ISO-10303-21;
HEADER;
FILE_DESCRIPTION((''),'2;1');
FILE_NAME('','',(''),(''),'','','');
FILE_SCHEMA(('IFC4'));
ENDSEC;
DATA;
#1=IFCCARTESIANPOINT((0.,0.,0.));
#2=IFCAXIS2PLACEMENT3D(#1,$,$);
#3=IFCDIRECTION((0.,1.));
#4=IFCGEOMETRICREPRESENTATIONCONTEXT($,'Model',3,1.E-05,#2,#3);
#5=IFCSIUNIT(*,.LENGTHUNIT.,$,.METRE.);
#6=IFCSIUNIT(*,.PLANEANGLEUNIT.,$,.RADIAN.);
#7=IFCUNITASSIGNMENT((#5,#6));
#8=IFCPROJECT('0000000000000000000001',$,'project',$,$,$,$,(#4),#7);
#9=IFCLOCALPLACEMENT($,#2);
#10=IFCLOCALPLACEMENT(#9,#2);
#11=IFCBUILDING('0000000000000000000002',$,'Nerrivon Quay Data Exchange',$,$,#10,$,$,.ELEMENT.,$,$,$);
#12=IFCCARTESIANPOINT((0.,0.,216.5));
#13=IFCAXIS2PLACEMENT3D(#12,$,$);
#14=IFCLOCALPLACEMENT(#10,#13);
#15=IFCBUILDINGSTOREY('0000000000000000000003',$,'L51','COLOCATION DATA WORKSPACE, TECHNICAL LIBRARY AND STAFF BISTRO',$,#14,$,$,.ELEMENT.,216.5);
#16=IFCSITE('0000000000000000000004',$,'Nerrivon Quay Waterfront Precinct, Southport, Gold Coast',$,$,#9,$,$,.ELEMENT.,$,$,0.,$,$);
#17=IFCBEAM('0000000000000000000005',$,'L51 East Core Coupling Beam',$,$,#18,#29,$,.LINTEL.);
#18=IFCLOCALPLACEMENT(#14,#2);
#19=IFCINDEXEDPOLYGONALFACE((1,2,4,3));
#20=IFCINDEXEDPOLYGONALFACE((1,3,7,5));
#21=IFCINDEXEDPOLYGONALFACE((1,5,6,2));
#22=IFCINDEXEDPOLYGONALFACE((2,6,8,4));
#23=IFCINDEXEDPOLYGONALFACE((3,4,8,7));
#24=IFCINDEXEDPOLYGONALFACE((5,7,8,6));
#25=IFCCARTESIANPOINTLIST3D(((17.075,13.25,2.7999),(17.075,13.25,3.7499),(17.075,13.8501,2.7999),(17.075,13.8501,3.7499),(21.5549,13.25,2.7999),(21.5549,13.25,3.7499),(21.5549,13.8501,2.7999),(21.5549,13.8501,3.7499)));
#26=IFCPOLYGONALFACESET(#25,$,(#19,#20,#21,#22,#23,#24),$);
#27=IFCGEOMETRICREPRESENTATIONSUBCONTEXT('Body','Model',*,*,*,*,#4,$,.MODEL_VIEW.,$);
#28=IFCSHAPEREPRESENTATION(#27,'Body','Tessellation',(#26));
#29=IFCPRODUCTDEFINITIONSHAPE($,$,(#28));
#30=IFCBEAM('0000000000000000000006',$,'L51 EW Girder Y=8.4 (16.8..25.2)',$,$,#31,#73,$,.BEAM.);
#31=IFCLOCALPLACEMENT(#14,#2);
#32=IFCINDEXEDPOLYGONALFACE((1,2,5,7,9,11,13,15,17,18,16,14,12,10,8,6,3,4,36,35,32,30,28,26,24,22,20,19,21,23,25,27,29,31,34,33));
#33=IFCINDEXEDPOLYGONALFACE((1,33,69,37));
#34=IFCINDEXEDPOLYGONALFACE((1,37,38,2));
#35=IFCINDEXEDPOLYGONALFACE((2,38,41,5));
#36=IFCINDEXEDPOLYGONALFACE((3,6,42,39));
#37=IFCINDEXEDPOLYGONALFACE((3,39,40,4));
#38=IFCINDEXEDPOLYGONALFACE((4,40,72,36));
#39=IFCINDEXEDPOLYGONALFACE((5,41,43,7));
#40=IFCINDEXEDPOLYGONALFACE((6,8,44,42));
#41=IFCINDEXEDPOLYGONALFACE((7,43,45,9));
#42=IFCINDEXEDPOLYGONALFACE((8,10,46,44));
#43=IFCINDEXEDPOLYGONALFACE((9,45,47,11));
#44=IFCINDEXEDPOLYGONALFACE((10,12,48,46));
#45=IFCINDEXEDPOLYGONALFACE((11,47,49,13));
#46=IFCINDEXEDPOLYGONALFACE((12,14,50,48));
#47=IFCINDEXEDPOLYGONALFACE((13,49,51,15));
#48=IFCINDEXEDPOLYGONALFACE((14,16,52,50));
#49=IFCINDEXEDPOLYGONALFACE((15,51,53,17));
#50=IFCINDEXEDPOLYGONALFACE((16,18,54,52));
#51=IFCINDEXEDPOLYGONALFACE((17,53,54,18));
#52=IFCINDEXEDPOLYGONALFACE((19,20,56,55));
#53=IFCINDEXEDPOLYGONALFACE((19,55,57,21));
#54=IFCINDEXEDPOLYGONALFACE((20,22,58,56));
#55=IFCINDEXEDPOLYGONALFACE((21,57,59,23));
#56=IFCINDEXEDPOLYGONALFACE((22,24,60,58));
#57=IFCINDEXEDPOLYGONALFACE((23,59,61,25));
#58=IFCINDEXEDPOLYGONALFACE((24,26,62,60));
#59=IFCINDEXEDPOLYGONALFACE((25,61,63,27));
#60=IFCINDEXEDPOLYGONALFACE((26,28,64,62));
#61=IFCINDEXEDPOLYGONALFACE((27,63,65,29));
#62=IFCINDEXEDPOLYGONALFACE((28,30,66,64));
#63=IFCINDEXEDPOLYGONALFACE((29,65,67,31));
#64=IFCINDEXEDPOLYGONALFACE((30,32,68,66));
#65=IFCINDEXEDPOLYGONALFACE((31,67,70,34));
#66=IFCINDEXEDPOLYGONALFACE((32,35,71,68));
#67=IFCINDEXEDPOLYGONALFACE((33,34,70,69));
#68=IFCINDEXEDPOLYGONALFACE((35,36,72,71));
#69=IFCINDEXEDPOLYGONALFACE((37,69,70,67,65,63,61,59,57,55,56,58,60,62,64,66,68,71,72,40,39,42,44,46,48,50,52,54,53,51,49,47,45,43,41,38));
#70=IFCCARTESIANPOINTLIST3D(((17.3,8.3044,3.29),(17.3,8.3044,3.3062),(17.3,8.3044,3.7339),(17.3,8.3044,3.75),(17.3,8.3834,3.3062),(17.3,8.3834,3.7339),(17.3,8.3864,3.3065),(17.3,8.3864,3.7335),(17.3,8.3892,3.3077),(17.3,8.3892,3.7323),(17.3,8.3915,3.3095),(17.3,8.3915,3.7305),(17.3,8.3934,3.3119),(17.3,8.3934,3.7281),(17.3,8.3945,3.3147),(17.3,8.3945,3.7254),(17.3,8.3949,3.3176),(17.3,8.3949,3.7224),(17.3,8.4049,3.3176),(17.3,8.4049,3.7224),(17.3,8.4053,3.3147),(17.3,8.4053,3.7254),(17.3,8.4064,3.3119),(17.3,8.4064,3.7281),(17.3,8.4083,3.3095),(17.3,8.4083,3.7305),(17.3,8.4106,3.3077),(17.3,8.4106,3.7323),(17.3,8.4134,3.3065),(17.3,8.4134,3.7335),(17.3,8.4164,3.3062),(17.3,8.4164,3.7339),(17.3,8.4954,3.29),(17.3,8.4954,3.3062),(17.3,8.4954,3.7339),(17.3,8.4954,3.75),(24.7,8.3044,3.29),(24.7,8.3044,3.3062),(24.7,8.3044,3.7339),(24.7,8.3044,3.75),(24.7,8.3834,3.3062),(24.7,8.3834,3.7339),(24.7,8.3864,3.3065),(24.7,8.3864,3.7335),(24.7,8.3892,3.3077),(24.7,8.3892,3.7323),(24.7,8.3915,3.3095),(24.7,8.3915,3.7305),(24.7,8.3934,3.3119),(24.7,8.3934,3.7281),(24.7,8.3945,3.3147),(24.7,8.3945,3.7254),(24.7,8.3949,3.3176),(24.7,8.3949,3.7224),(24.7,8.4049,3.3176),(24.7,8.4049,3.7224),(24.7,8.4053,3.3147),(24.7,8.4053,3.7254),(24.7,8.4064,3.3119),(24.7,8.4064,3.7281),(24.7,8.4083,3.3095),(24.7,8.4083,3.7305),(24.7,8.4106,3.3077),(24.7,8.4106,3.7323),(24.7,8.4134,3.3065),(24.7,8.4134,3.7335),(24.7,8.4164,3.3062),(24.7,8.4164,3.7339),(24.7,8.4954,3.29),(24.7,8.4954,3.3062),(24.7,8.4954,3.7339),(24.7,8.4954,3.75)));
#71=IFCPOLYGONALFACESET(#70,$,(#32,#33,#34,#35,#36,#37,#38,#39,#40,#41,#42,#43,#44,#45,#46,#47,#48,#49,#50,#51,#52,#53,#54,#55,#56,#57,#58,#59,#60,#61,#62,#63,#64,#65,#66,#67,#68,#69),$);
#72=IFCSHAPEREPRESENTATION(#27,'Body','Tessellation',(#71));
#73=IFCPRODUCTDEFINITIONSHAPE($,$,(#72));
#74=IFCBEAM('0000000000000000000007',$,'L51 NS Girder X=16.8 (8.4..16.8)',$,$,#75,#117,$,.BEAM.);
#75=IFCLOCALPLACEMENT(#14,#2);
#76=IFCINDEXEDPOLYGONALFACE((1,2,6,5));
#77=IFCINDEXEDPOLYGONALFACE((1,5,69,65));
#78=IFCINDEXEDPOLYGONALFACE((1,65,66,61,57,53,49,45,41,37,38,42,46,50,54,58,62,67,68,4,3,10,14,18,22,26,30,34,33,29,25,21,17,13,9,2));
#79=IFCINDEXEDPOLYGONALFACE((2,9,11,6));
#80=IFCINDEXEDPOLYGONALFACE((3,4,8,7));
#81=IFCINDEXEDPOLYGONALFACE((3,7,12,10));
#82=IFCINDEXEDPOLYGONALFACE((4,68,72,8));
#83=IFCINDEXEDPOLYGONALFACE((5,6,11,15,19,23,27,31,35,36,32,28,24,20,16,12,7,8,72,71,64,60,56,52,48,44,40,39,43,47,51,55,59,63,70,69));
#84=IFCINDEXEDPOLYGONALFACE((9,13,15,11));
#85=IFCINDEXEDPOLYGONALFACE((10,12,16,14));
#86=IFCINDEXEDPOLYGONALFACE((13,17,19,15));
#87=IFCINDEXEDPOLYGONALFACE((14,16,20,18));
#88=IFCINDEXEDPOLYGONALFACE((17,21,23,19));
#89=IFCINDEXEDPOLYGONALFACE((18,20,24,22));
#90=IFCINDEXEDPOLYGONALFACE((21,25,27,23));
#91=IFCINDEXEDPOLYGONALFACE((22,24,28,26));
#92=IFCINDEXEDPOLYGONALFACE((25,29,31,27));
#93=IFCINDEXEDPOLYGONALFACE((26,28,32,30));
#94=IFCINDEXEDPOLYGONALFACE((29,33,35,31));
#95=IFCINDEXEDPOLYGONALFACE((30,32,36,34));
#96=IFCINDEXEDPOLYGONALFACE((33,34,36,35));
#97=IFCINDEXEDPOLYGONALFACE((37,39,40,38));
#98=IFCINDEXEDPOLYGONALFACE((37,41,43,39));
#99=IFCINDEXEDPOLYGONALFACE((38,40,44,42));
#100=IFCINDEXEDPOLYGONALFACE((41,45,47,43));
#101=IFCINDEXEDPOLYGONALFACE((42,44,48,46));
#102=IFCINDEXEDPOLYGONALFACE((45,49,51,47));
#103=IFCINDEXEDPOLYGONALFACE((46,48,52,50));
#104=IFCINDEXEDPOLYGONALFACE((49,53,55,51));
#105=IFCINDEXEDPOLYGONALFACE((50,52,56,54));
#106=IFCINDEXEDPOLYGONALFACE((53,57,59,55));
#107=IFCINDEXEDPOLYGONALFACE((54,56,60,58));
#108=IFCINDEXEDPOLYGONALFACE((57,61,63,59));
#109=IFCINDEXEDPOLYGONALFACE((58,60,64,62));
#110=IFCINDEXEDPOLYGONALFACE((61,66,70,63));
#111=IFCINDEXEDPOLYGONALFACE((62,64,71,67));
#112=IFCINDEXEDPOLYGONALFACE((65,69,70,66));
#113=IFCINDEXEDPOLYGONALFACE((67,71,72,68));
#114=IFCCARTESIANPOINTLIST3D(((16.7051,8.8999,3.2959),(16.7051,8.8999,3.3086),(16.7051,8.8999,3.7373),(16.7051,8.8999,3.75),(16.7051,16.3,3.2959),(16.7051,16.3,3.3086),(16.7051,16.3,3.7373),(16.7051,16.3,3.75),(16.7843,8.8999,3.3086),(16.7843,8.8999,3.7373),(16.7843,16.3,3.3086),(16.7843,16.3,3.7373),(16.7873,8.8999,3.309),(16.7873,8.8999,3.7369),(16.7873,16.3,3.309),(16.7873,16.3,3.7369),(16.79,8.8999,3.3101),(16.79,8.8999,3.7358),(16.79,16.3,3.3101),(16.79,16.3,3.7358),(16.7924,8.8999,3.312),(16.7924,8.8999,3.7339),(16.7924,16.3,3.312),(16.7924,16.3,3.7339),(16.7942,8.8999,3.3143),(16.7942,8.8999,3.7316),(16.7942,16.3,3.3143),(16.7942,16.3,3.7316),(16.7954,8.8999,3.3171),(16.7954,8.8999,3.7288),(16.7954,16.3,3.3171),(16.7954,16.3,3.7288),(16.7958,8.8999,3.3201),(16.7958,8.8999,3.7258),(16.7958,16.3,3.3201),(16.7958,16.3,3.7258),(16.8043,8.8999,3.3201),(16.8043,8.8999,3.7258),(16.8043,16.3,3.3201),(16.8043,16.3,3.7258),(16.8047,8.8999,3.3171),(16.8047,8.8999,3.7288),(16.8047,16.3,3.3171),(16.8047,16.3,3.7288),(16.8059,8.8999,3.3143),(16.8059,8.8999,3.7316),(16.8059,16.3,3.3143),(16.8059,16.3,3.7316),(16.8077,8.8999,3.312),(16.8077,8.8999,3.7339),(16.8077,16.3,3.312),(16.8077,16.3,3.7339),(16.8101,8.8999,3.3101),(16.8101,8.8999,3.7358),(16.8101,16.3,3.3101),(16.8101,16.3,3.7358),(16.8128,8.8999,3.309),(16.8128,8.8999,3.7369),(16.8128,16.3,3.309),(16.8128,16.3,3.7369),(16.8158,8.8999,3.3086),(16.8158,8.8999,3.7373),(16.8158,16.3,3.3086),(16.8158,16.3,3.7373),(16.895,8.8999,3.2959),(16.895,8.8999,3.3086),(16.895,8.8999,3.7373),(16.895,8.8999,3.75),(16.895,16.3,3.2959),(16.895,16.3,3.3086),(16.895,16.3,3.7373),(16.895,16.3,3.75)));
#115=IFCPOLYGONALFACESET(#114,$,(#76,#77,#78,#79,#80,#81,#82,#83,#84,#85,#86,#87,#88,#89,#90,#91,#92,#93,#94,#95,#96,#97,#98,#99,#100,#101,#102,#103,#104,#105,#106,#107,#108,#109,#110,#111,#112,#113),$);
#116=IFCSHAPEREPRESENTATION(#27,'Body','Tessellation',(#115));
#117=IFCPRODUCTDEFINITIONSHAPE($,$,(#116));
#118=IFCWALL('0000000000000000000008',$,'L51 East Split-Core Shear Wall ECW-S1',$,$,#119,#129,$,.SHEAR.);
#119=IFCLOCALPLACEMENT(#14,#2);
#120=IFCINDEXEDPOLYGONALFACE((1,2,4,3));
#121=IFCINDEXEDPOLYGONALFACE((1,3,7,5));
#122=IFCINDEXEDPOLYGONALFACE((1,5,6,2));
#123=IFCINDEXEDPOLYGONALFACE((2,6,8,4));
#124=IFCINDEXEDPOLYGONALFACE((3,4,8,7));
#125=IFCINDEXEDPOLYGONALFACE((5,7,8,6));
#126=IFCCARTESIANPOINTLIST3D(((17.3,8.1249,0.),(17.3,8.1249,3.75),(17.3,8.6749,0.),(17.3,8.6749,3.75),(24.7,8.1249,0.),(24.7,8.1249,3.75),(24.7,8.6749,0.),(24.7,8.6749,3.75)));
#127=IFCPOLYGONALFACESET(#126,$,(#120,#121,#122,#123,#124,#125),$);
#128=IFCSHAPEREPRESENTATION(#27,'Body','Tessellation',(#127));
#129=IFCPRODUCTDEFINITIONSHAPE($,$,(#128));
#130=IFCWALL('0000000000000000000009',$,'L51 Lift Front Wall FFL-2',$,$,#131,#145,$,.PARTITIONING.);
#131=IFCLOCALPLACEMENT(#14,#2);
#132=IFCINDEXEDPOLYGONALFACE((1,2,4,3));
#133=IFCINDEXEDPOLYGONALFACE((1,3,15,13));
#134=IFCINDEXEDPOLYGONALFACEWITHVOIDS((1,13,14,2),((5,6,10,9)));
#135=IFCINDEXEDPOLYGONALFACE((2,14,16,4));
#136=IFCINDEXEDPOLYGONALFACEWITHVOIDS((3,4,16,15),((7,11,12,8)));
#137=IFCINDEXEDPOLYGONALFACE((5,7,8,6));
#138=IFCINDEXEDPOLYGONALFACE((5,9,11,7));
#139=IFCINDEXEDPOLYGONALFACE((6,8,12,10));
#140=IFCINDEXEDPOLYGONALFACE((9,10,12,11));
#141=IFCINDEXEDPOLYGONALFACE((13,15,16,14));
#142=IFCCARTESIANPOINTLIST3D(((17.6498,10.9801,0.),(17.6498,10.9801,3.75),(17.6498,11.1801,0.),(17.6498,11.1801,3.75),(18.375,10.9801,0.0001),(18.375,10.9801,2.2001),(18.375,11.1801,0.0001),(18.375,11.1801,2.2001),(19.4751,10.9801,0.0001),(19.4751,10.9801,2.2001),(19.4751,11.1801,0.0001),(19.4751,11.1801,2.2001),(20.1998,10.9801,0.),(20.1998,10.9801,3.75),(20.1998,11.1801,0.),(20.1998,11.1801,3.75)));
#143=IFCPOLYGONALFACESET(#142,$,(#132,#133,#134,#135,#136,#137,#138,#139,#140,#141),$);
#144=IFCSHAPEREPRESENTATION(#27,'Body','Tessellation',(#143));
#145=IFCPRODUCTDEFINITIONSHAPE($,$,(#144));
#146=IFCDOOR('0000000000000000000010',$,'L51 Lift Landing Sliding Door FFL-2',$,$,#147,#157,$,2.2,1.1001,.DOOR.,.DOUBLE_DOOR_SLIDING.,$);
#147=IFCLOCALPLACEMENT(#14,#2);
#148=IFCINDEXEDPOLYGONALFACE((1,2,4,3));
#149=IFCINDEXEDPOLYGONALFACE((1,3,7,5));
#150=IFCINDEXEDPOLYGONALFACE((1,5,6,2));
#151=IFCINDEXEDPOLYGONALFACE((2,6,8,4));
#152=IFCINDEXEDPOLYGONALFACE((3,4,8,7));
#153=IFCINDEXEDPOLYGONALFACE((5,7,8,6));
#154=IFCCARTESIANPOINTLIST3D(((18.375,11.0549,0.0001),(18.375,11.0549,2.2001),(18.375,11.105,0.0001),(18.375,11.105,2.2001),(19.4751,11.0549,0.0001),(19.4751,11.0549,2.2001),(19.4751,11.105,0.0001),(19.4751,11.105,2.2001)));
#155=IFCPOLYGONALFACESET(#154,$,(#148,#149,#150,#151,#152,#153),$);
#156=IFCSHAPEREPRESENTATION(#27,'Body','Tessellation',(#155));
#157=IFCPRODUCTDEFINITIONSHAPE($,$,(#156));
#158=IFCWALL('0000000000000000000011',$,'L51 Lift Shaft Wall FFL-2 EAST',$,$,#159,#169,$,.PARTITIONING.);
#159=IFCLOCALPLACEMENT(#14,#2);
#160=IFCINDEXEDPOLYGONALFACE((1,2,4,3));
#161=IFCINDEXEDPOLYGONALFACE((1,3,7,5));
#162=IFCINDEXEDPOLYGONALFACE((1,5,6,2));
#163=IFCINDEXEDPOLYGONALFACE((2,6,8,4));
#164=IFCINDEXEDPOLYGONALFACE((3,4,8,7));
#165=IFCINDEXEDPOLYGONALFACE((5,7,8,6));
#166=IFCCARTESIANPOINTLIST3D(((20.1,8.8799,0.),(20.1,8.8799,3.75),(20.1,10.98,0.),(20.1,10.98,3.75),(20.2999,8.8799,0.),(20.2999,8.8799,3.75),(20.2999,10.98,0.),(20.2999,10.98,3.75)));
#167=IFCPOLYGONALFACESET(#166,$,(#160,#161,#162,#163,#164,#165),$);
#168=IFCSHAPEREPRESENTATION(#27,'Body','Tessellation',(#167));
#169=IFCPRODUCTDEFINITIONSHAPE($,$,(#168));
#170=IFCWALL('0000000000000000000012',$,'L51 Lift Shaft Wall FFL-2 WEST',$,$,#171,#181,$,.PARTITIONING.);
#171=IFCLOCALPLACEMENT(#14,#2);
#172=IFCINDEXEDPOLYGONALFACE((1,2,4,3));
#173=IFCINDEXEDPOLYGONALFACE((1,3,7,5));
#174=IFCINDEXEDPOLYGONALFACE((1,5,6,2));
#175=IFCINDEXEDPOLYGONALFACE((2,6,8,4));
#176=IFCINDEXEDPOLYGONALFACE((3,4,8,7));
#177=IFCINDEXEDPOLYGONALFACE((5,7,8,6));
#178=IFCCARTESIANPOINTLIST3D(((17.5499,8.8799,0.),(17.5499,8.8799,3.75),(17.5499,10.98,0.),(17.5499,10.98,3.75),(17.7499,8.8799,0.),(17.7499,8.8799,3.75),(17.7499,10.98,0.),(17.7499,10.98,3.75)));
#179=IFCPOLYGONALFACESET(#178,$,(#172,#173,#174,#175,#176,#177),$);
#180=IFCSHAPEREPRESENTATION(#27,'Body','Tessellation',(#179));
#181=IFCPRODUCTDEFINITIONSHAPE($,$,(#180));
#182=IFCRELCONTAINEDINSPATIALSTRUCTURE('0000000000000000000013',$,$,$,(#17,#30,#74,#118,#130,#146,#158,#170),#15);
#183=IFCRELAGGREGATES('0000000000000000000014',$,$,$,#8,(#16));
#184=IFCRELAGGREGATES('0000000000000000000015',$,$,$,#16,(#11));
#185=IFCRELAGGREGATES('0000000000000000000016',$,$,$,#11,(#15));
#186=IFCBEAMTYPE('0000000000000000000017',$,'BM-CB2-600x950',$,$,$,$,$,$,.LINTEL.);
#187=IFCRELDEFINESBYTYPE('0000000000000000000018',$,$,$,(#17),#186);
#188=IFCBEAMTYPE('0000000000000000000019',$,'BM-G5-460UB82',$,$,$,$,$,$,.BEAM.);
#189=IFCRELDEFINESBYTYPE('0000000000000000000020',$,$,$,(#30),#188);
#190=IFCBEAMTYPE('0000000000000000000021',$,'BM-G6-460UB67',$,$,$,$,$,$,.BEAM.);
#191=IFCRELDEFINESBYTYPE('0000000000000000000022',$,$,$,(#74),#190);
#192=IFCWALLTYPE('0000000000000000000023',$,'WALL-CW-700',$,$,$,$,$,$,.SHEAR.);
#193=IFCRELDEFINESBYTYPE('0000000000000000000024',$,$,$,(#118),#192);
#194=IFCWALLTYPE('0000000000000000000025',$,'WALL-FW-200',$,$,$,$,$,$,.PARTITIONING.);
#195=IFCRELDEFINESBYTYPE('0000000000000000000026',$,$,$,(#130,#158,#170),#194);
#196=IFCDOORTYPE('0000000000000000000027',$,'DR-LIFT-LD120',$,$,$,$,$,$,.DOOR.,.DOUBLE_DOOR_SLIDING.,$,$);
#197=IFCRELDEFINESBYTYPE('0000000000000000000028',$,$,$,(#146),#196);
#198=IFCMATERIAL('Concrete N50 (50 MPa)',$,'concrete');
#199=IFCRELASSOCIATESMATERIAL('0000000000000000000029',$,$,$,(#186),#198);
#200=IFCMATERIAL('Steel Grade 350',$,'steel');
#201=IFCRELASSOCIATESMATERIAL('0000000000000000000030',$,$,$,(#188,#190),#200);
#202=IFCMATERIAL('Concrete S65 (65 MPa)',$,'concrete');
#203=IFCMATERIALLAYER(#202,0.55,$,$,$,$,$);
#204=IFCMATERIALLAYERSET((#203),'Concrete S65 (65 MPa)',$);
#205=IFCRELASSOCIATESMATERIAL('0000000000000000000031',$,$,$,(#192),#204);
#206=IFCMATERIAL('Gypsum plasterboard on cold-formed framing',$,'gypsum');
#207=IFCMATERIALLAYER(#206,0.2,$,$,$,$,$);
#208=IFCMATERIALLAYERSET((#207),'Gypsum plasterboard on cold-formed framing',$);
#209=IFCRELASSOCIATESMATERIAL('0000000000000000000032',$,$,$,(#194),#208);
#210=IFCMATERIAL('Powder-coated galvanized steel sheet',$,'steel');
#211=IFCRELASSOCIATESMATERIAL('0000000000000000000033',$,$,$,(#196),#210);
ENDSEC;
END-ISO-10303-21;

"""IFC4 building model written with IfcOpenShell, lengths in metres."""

from ifc_helpers import new_model, si_unit, direction, frame, frame_2d, origin, origin_2d, place, context, subcontext, project, spatial, rectangle, i_section, extrude, material, layer, layer_set, material_profile, profile_set, type_object, element, fill, save


model = new_model("IFC4")

# Units and contexts
model_context = context("Model", 3, precision=1e-05, world=origin(), true_north=direction((0.0, 1.0)))
body_context = subcontext(model_context, "Body", "Model", "MODEL_VIEW")
ifc_project = project(units=[si_unit("LENGTHUNIT", "METRE"), si_unit("PLANEANGLEUNIT", "RADIAN")], contexts=[model_context])

# Site, building, storey
site_placement = place(None, origin())
site = spatial("IfcSite", under=ifc_project, at=site_placement, Name="Nerrivon Quay Waterfront Precinct, Southport, Gold Coast", CompositionType="ELEMENT", RefElevation=0.0)
building_placement = place(site_placement, origin())
building = spatial("IfcBuilding", under=site, at=building_placement, Name="Nerrivon Quay Data Exchange", CompositionType="ELEMENT")
storey_placement = place(building_placement, frame((0.0, 0.0, 216.5)))
storey = spatial("IfcBuildingStorey", under=building, at=storey_placement, Name="L51", Description="COLOCATION DATA WORKSPACE, TECHNICAL LIBRARY AND STAFF BISTRO", CompositionType="ELEMENT", Elevation=216.5)

# Beams
ifc_material_1 = material(Name="Concrete N50 (50 MPa)", Category="concrete")
ifc_material_profile_1 = material_profile(ifc_material_1, rectangle(XDim=0.6001, YDim=0.95, at=origin_2d()), Name="RC-CB-600x950")
ifc_profile_set_1 = profile_set([ifc_material_profile_1], Name="Concrete N50 (50 MPa)")
beam_type_1 = type_object("IfcBeamType", Name="BM-CB2-600x950", PredefinedType="LINTEL", material=ifc_profile_set_1)
beam_1_placement = place(storey_placement, frame((17.075, 13.55, 3.2749), z_axis=(1.0, 0.0, 0.0), x_axis=(0.0, 1.0, 0.0)))
element("IfcBeam", 1, at=beam_1_placement, inside=storey, type_object=beam_type_1, Name="L51 East Core Coupling Beam", PredefinedType="LINTEL", context=body_context, shape_type="SweptSolid", body=[
    extrude(rectangle(XDim=0.6001, YDim=0.95, at=origin_2d()), origin(), (0.0, 0.0, 1.0), 4.48),
])
ifc_material_2 = material(Name="Steel Grade 350", Category="steel")
ifc_material_profile_2 = material_profile(ifc_material_2, i_section(OverallWidth=0.1909, OverallDepth=0.46, WebThickness=0.01, FlangeThickness=0.0161, FilletRadius=0.0115, at=origin_2d()), Name="460UB82.1")
ifc_profile_set_2 = profile_set([ifc_material_profile_2], Name="Steel Grade 350")
beam_type_2 = type_object("IfcBeamType", Name="BM-G5-460UB82", PredefinedType="BEAM", material=ifc_profile_set_2)
beam_2_placement = place(storey_placement, frame((17.3, 8.3999, 3.52), z_axis=(1.0, 0.0, 0.0), x_axis=(0.0, 1.0, 0.0)))
element("IfcBeam", 2, at=beam_2_placement, inside=storey, type_object=beam_type_2, Name="L51 EW Girder Y=8.4 (16.8..25.2)", PredefinedType="BEAM", context=body_context, shape_type="SweptSolid", body=[
    extrude(i_section(OverallWidth=0.1909, OverallDepth=0.46, WebThickness=0.01, FlangeThickness=0.0161, FilletRadius=0.0115, at=origin_2d()), origin(), (0.0, 0.0, 1.0), 7.3999),
])
ifc_material_profile_3 = material_profile(ifc_material_2, i_section(OverallWidth=0.1899, OverallDepth=0.4541, WebThickness=0.0085, FlangeThickness=0.0127, FilletRadius=0.0115, at=origin_2d()), Name="460UB67.1")
ifc_profile_set_3 = profile_set([ifc_material_profile_3], Name="Steel Grade 350")
beam_type_3 = type_object("IfcBeamType", Name="BM-G6-460UB67", PredefinedType="BEAM", material=ifc_profile_set_3)
beam_3_placement = place(storey_placement, frame((16.8, 8.8999, 3.5229), z_axis=(0.0, 1.0, 0.0), x_axis=(-1.0, 0.0, 0.0)))
element("IfcBeam", 3, at=beam_3_placement, inside=storey, type_object=beam_type_3, Name="L51 NS Girder X=16.8 (8.4..16.8)", PredefinedType="BEAM", context=body_context, shape_type="SweptSolid", body=[
    extrude(i_section(OverallWidth=0.1899, OverallDepth=0.4541, WebThickness=0.0085, FlangeThickness=0.0127, FilletRadius=0.0115, at=origin_2d()), origin(), (0.0, 0.0, 1.0), 7.4001),
])

# Wall
ifc_material_3 = material(Name="Concrete S65 (65 MPa)", Category="concrete")
ifc_layer_1 = layer(ifc_material_3, 0.55)
ifc_layer_set_1 = layer_set([ifc_layer_1], Name="Concrete S65 (65 MPa)")
wall_type_1 = type_object("IfcWallType", Name="WALL-CW-700", PredefinedType="SHEAR", material=ifc_layer_set_1)
wall_1_placement = place(storey_placement, frame((17.3, 8.3999, 0.0), z_axis=(0.0, 0.0, 1.0), x_axis=(1.0, 0.0, 0.0)))
element("IfcWall", 4, at=wall_1_placement, inside=storey, type_object=wall_type_1, Name="L51 East Split-Core Shear Wall ECW-S1", PredefinedType="SHEAR", context=body_context, shape_type="SweptSolid", body=[
    extrude(rectangle(XDim=7.3999, YDim=0.55, at=frame_2d((3.7, 0.0))), origin(), (0.0, 0.0, 1.0), 3.75),
])

# Wall, opening, door
ifc_material_4 = material(Name="Powder-coated galvanized steel sheet", Category="steel")
ifc_material_5 = material(Name="Gypsum plasterboard on cold-formed framing", Category="gypsum")
ifc_layer_2 = layer(ifc_material_5, 0.2)
ifc_layer_set_2 = layer_set([ifc_layer_2], Name="Gypsum plasterboard on cold-formed framing")
wall_type_2 = type_object("IfcWallType", Name="WALL-FW-200", PredefinedType="PARTITIONING", material=ifc_layer_set_2)
wall_2_placement = place(storey_placement, frame((17.6499, 11.0801, 0.0), z_axis=(0.0, 0.0, 1.0), x_axis=(1.0, 0.0, 0.0)))
wall_2 = element("IfcWall", 5, at=wall_2_placement, inside=storey, type_object=wall_type_2, Name="L51 Lift Front Wall FFL-2", PredefinedType="PARTITIONING", context=body_context, shape_type="SweptSolid", body=[
    extrude(rectangle(XDim=2.55, YDim=0.2, at=frame_2d((1.2749, 0.0))), origin(), (0.0, 0.0, 1.0), 3.75),
])
opening_1_placement = place(wall_2_placement, frame((0.7251, 0.0, 0.0)))
opening_1 = element("IfcOpeningElement", 6, at=opening_1_placement, cuts=wall_2, PredefinedType="OPENING", context=body_context, shape_type="SweptSolid", body=[
    extrude(rectangle(XDim=1.1001, YDim=2.2, at=frame_2d((0.55, 1.1001))), frame((0.0, 0.1099, 0.0), z_axis=(0.0, -1.0, 0.0), x_axis=(1.0, 0.0, 0.0)), (0.0, 0.0, 1.0), 0.22),
])
door_type_1 = type_object("IfcDoorType", Name="DR-LIFT-LD120", OperationType="DOUBLE_DOOR_SLIDING", PredefinedType="DOOR", material=ifc_material_4)
door_1_placement = place(opening_1_placement, origin())
door_1 = element("IfcDoor", 7, at=door_1_placement, inside=storey, type_object=door_type_1, Name="L51 Lift Landing Sliding Door FFL-2", OperationType="DOUBLE_DOOR_SLIDING", OverallHeight=2.2, OverallWidth=1.1001, PredefinedType="DOOR", context=body_context, shape_type="SweptSolid", body=[
    extrude(rectangle(XDim=1.1001, YDim=2.2, at=frame_2d((0.55, 1.1001))), frame((0.0, 0.0249, 0.0), z_axis=(0.0, -1.0, 0.0), x_axis=(1.0, 0.0, 0.0)), (0.0, 0.0, 1.0), 0.05),
])
fill(opening_1, door_1)

# Walls
for number, where, z_axis, x_axis, name in (
    (8, (20.2, 8.8799, 0.0), (0.0, 0.0, 1.0), (0.0, 1.0, 0.0), "L51 Lift Shaft Wall FFL-2 EAST"),
    (9, (17.6499, 8.8799, 0.0), (0.0, 0.0, 1.0), (0.0, 1.0, 0.0), "L51 Lift Shaft Wall FFL-2 WEST"),
):
    element("IfcWall", number, at=place(storey_placement, frame(where, z_axis=z_axis, x_axis=x_axis)), inside=storey, type_object=wall_type_2, Name=name, PredefinedType="PARTITIONING", context=body_context, shape_type="SweptSolid", body=[
        extrude(rectangle(XDim=2.1001, YDim=0.2, at=frame_2d((1.05, 0.0))), origin(), (0.0, 0.0, 1.0), 3.75),
    ])

save(model, "model.ifc")
